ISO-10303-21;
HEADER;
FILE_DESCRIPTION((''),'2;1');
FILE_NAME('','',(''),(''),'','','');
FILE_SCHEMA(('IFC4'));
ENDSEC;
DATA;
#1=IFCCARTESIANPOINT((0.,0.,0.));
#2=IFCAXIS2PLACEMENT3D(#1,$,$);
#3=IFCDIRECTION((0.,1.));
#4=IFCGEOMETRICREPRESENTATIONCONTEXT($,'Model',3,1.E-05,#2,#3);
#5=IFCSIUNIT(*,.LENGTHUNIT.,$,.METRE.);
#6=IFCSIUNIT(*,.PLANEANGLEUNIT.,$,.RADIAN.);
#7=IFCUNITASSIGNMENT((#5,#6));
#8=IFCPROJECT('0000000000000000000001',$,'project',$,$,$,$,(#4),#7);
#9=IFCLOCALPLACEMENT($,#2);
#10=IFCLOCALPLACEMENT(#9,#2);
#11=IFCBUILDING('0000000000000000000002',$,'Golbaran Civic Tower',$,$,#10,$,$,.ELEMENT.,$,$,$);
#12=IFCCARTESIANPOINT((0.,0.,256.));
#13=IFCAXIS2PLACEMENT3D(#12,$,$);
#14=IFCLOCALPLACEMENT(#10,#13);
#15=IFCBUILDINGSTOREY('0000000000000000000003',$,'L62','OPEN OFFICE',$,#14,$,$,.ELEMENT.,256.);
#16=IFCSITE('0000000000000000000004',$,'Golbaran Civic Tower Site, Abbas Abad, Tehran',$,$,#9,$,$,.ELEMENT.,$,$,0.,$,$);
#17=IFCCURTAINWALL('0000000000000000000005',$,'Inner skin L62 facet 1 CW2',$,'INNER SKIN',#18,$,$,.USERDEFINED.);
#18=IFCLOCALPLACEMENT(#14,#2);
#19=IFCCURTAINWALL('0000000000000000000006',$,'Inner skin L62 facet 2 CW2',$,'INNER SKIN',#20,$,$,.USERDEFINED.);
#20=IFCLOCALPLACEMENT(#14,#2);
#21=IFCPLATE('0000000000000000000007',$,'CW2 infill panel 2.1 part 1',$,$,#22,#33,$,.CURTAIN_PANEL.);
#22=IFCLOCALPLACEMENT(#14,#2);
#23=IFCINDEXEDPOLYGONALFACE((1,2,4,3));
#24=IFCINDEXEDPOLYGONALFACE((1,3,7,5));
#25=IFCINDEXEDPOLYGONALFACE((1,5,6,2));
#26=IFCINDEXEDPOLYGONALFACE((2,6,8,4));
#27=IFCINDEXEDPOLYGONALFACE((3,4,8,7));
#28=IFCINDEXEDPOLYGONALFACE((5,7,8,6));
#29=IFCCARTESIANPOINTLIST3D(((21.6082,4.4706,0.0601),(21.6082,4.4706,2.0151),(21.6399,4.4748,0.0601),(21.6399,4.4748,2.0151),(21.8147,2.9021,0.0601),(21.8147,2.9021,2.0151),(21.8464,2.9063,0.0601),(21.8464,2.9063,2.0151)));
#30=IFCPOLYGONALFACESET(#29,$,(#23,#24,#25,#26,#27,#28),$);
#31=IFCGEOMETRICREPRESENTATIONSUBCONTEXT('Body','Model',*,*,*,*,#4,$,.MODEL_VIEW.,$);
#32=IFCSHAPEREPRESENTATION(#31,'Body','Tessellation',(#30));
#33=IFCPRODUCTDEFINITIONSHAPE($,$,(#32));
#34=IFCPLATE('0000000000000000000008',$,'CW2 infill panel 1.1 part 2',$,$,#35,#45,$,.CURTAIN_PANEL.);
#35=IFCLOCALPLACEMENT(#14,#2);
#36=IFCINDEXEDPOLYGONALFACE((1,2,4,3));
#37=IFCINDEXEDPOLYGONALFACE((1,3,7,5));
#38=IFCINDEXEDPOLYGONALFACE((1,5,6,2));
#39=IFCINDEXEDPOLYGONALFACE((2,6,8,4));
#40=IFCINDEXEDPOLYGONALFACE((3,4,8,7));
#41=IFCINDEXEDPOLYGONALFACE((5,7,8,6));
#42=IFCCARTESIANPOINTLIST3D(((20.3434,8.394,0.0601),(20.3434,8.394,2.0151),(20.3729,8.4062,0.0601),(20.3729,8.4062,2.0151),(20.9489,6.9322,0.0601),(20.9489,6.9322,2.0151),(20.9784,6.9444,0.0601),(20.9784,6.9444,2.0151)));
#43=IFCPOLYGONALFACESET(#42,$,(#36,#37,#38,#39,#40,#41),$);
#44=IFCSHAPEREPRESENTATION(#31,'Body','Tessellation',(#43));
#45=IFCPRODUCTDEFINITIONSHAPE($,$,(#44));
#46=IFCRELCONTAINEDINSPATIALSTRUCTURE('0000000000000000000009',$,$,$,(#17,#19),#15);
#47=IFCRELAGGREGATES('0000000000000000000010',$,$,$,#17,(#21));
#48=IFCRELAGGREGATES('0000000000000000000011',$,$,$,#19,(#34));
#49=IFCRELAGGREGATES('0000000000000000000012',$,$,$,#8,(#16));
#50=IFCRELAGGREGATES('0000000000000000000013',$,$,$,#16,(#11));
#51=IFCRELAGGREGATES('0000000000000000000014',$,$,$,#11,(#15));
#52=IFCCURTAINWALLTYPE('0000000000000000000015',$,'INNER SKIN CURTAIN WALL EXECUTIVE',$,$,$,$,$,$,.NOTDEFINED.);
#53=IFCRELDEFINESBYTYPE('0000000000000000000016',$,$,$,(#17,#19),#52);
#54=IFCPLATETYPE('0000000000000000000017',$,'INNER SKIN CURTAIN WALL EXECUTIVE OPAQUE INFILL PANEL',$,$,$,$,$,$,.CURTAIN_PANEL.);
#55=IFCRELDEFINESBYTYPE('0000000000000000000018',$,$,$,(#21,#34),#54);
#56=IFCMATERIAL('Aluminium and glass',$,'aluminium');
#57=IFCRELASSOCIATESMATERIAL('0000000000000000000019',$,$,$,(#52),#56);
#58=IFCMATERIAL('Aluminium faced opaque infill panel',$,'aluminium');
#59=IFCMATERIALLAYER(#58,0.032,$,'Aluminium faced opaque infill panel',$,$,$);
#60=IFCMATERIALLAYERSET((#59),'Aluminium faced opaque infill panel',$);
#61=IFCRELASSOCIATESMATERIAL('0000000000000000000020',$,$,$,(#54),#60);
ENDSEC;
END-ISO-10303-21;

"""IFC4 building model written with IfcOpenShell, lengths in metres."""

from ifc_helpers import new_model, si_unit, direction, frame, origin, origin_2d, place, context, subcontext, project, spatial, rectangle, extrude, material, layer, layer_set, type_object, element, aggregate, save


model = new_model("IFC4")

# Units and contexts
model_context = context("Model", 3, precision=1e-05, world=origin(), true_north=direction((0.0, 1.0)))
body_context = subcontext(model_context, "Body", "Model", "MODEL_VIEW")
ifc_project = project(units=[si_unit("LENGTHUNIT", "METRE"), si_unit("PLANEANGLEUNIT", "RADIAN")], contexts=[model_context])

# Site, building, storey
site_placement = place(None, origin())
site = spatial("IfcSite", under=ifc_project, at=site_placement, Name="Golbaran Civic Tower Site, Abbas Abad, Tehran", CompositionType="ELEMENT", RefElevation=0.0)
building_placement = place(site_placement, origin())
building = spatial("IfcBuilding", under=site, at=building_placement, Name="Golbaran Civic Tower", CompositionType="ELEMENT")
storey_placement = place(building_placement, frame((0.0, 0.0, 256.0)))
storey = spatial("IfcBuildingStorey", under=building, at=storey_placement, Name="L62", Description="OPEN OFFICE", CompositionType="ELEMENT", Elevation=256.0)

# Curtain walls
ifc_material_1 = material(Name="Aluminium and glass", Category="aluminium")
curtain_wall_type = type_object("IfcCurtainWallType", Name="INNER SKIN CURTAIN WALL EXECUTIVE", PredefinedType="NOTDEFINED", material=ifc_material_1)
curtain_wall_1_placement = place(storey_placement, origin())
curtain_wall_1 = element("IfcCurtainWall", 1, at=curtain_wall_1_placement, inside=storey, type_object=curtain_wall_type, Name="Inner skin L62 facet 1 CW2", ObjectType="INNER SKIN", PredefinedType="USERDEFINED")
curtain_wall_2_placement = place(storey_placement, origin())
curtain_wall_2 = element("IfcCurtainWall", 2, at=curtain_wall_2_placement, inside=storey, type_object=curtain_wall_type, Name="Inner skin L62 facet 2 CW2", ObjectType="INNER SKIN", PredefinedType="USERDEFINED")

# Plates
ifc_material_2 = material(Name="Aluminium faced opaque infill panel", Category="aluminium")
ifc_layer_1 = layer(ifc_material_2, 0.032, Name="Aluminium faced opaque infill panel")
ifc_layer_set_1 = layer_set([ifc_layer_1], Name="Aluminium faced opaque infill panel")
plate_type_1 = type_object("IfcPlateType", Name="INNER SKIN CURTAIN WALL EXECUTIVE OPAQUE INFILL PANEL", PredefinedType="CURTAIN_PANEL", material=ifc_layer_set_1)
plate_1_placement = place(storey_placement, frame((21.7273, 3.6885, 0.0601), z_axis=(0.0, 0.0, 1.0), x_axis=(-0.130526, 0.991445, 0.0)))
plate_1 = element("IfcPlate", 3, at=plate_1_placement, type_object=plate_type_1, Name="CW2 infill panel 2.1 part 1", PredefinedType="CURTAIN_PANEL", context=body_context, shape_type="SweptSolid", body=[
    extrude(rectangle(XDim=1.582, YDim=0.032, at=origin_2d()), origin(), (0.0, 0.0, 1.0), 1.9551),
])
aggregate(curtain_wall_1, [plate_1])
plate_2_placement = place(storey_placement, frame((20.6609, 7.6692, 0.0601), z_axis=(0.0, 0.0, 1.0), x_axis=(-0.382683, 0.92388, 0.0)))
plate_2 = element("IfcPlate", 4, at=plate_2_placement, type_object=plate_type_1, Name="CW2 infill panel 1.1 part 2", PredefinedType="CURTAIN_PANEL", context=body_context, shape_type="SweptSolid", body=[
    extrude(rectangle(XDim=1.5823, YDim=0.032, at=origin_2d()), origin(), (0.0, 0.0, 1.0), 1.9551),
])
aggregate(curtain_wall_2, [plate_2])

save(model, "model.ifc")
